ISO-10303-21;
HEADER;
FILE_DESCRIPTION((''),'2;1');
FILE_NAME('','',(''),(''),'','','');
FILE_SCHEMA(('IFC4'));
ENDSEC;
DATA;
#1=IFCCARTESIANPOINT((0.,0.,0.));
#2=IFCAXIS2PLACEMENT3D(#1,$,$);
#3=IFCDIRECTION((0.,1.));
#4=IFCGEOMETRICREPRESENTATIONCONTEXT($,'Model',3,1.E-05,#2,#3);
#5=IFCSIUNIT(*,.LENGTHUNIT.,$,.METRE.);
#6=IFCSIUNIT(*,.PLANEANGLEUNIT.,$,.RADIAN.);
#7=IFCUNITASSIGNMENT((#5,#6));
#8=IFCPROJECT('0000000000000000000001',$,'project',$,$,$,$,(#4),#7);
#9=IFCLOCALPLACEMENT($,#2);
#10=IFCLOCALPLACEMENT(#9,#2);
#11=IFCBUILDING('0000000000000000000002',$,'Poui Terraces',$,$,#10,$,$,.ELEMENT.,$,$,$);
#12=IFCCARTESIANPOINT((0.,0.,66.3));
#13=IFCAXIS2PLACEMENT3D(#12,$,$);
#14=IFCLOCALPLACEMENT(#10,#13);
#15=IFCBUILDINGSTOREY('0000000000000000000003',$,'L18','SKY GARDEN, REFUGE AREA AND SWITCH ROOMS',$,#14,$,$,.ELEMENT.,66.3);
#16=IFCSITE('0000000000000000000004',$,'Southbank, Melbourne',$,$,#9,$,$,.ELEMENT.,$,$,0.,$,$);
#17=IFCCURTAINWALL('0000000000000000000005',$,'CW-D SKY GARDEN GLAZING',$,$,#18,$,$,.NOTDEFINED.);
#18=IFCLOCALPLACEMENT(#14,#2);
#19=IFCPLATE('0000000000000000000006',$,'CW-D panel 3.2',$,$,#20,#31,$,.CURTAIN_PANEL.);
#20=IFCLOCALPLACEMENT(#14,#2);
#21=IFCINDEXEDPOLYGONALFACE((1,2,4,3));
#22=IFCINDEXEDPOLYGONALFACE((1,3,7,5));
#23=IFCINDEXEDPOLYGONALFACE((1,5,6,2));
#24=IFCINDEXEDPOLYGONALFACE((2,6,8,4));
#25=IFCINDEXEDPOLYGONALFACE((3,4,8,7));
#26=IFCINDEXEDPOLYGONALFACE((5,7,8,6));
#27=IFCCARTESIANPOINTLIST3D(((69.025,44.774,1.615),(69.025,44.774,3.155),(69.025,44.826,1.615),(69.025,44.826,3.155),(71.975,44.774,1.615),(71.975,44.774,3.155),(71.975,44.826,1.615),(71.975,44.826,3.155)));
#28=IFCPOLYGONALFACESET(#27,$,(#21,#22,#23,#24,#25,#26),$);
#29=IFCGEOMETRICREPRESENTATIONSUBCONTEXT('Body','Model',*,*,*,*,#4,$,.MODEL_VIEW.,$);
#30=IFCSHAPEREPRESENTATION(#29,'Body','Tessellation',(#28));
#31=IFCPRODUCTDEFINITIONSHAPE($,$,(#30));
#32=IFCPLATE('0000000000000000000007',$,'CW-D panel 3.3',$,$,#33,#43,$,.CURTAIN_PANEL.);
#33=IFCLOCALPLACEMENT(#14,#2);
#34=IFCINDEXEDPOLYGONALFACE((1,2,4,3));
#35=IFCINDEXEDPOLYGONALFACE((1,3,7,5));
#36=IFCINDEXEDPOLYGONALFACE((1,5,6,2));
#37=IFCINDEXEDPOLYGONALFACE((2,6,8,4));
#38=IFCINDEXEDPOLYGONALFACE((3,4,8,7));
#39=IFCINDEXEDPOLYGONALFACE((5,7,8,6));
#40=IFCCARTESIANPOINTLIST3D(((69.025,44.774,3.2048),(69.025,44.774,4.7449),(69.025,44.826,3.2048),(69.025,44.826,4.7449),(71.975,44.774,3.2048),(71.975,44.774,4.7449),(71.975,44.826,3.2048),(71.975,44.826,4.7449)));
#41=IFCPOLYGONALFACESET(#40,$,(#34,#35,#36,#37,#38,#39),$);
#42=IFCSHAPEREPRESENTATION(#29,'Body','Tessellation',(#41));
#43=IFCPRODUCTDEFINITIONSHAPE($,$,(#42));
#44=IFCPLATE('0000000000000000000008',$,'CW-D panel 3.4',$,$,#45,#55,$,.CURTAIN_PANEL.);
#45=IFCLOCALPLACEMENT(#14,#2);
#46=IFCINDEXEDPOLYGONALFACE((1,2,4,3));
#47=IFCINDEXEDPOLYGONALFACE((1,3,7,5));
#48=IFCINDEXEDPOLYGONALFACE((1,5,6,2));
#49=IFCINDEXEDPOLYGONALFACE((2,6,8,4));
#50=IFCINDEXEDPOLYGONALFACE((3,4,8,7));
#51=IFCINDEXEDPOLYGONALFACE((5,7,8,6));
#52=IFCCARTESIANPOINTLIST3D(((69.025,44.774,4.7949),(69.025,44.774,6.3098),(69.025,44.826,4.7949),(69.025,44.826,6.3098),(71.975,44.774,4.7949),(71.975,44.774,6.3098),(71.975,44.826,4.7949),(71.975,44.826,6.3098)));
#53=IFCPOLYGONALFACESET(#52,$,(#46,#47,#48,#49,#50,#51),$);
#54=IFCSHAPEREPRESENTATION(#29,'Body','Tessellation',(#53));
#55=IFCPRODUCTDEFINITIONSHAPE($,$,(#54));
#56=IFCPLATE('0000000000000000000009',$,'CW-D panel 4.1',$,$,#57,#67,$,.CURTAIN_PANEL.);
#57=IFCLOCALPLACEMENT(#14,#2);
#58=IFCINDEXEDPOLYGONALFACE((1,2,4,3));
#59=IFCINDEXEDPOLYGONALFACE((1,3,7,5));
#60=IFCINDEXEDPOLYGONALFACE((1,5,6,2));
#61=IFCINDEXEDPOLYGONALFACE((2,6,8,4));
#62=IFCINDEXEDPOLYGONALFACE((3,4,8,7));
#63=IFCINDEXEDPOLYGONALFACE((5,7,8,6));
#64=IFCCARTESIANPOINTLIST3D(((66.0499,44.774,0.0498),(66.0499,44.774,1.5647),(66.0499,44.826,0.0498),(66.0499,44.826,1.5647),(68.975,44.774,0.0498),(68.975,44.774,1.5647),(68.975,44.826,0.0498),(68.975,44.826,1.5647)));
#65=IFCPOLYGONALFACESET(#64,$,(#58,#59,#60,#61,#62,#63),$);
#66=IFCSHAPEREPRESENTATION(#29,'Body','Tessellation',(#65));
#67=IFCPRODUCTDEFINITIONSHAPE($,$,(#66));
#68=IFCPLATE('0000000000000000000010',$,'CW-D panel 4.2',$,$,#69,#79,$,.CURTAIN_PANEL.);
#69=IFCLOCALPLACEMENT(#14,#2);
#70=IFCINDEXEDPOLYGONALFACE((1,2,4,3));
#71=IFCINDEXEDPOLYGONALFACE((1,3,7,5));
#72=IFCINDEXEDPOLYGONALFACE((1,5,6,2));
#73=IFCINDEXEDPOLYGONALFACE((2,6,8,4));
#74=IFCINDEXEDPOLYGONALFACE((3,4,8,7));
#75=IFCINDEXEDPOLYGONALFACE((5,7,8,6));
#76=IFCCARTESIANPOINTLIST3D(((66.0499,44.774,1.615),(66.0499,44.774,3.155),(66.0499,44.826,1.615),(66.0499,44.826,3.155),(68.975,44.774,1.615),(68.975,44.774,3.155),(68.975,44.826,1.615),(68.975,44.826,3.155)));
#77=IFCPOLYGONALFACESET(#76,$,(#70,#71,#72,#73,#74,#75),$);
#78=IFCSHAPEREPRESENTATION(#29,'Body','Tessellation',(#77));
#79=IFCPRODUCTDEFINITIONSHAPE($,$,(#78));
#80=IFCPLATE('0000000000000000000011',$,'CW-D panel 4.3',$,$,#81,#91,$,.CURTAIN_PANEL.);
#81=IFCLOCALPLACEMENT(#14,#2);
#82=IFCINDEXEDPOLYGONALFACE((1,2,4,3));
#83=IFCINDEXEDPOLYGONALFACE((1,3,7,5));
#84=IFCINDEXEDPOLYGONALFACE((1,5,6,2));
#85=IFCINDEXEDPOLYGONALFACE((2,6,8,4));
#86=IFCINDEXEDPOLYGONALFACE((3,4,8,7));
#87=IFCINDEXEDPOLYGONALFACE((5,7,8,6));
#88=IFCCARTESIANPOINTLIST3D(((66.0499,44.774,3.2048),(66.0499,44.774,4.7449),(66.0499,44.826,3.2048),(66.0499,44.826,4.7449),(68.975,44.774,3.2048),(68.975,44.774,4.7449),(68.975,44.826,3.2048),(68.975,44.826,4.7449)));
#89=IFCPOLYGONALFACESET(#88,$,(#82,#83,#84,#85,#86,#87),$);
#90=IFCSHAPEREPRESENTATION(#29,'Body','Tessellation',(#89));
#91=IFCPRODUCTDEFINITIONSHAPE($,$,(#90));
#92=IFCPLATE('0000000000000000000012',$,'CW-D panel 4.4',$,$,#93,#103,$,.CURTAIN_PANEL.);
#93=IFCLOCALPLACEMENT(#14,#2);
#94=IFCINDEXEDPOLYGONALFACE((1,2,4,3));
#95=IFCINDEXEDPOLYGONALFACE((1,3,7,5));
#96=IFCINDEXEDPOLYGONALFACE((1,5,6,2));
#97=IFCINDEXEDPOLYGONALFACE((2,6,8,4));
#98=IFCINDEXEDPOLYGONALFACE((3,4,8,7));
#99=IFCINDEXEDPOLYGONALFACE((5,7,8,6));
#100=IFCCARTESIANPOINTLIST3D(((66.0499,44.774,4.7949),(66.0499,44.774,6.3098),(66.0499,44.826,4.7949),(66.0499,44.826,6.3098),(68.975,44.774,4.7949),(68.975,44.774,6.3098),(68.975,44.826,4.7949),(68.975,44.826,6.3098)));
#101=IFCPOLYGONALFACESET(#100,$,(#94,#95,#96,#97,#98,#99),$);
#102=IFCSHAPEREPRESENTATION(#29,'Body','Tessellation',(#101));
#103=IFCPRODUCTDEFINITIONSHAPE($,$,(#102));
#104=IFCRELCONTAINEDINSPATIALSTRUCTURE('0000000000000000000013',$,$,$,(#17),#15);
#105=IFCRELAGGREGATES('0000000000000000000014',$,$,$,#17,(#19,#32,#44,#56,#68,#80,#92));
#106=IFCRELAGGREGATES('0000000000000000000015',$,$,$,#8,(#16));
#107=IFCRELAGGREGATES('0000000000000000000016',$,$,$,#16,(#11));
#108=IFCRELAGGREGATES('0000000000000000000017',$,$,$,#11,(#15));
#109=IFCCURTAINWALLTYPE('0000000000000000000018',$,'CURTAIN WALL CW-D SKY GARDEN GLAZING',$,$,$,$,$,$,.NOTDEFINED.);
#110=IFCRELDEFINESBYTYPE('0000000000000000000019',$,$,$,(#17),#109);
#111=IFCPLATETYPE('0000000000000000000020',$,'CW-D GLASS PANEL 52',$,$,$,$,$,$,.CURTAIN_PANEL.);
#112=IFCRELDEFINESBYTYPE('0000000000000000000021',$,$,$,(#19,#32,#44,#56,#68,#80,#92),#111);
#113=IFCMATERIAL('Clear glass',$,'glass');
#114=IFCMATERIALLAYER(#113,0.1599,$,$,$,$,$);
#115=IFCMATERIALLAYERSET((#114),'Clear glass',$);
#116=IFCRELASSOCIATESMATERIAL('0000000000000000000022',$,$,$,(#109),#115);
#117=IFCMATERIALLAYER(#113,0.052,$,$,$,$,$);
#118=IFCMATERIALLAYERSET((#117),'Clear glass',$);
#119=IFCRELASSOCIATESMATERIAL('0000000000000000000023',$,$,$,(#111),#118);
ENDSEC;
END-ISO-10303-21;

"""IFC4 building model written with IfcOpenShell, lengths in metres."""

from ifc_helpers import new_model, si_unit, direction, frame, origin, origin_2d, place, context, subcontext, project, spatial, rectangle, extrude, material, layer, layer_set, type_object, element, aggregate, save


model = new_model("IFC4")

# Units and contexts
model_context = context("Model", 3, precision=1e-05, world=origin(), true_north=direction((0.0, 1.0)))
body_context = subcontext(model_context, "Body", "Model", "MODEL_VIEW")
ifc_project = project(units=[si_unit("LENGTHUNIT", "METRE"), si_unit("PLANEANGLEUNIT", "RADIAN")], contexts=[model_context])

# Site, building, storey
site_placement = place(None, origin())
site = spatial("IfcSite", under=ifc_project, at=site_placement, Name="Southbank, Melbourne", CompositionType="ELEMENT", RefElevation=0.0)
building_placement = place(site_placement, origin())
building = spatial("IfcBuilding", under=site, at=building_placement, Name="Poui Terraces", CompositionType="ELEMENT")
storey_placement = place(building_placement, frame((0.0, 0.0, 66.3)))
storey = spatial("IfcBuildingStorey", under=building, at=storey_placement, Name="L18", Description="SKY GARDEN, REFUGE AREA AND SWITCH ROOMS", CompositionType="ELEMENT", Elevation=66.3)

# Curtain wall
ifc_material_1 = material(Name="Clear glass", Category="glass")
ifc_layer_1 = layer(ifc_material_1, 0.1599)
ifc_layer_set_1 = layer_set([ifc_layer_1], Name="Clear glass")
curtain_wall_type = type_object("IfcCurtainWallType", Name="CURTAIN WALL CW-D SKY GARDEN GLAZING", PredefinedType="NOTDEFINED", material=ifc_layer_set_1)
curtain_wall_1_placement = place(storey_placement, origin())
curtain_wall_1 = element("IfcCurtainWall", 1, at=curtain_wall_1_placement, inside=storey, type_object=curtain_wall_type, Name="CW-D SKY GARDEN GLAZING", PredefinedType="NOTDEFINED")

# Plates
ifc_layer_2 = layer(ifc_material_1, 0.052)
ifc_layer_set_2 = layer_set([ifc_layer_2], Name="Clear glass")
plate_type = type_object("IfcPlateType", Name="CW-D GLASS PANEL 52", PredefinedType="CURTAIN_PANEL", material=ifc_layer_set_2)
plate_1_placement = place(storey_placement, frame((70.5, 44.8, 1.615), z_axis=(0.0, 0.0, 1.0), x_axis=(-1.0, 0.0, 0.0)))
plate_1 = element("IfcPlate", 2, at=plate_1_placement, type_object=plate_type, Name="CW-D panel 3.2", PredefinedType="CURTAIN_PANEL", context=body_context, shape_type="SweptSolid", body=[
    extrude(rectangle(XDim=2.95, YDim=0.052, at=origin_2d()), origin(), (0.0, 0.0, 1.0), 1.54),
])
plate_2_placement = place(storey_placement, frame((70.5, 44.8, 3.2048), z_axis=(0.0, 0.0, 1.0), x_axis=(-1.0, 0.0, 0.0)))
plate_2 = element("IfcPlate", 3, at=plate_2_placement, type_object=plate_type, Name="CW-D panel 3.3", PredefinedType="CURTAIN_PANEL", context=body_context, shape_type="SweptSolid", body=[
    extrude(rectangle(XDim=2.95, YDim=0.052, at=origin_2d()), origin(), (0.0, 0.0, 1.0), 1.54),
])
plate_3_placement = place(storey_placement, frame((70.5, 44.8, 4.7949), z_axis=(0.0, 0.0, 1.0), x_axis=(-1.0, 0.0, 0.0)))
plate_3 = element("IfcPlate", 4, at=plate_3_placement, type_object=plate_type, Name="CW-D panel 3.4", PredefinedType="CURTAIN_PANEL", context=body_context, shape_type="SweptSolid", body=[
    extrude(rectangle(XDim=2.95, YDim=0.052, at=origin_2d()), origin(), (0.0, 0.0, 1.0), 1.5149),
])
plate_4_placement = place(storey_placement, frame((67.5125, 44.8, 0.0498), z_axis=(0.0, 0.0, 1.0), x_axis=(-1.0, 0.0, 0.0)))
plate_4 = element("IfcPlate", 5, at=plate_4_placement, type_object=plate_type, Name="CW-D panel 4.1", PredefinedType="CURTAIN_PANEL", context=body_context, shape_type="SweptSolid", body=[
    extrude(rectangle(XDim=2.925, YDim=0.052, at=origin_2d()), origin(), (0.0, 0.0, 1.0), 1.5149),
])
plate_5_placement = place(storey_placement, frame((67.5125, 44.8, 1.615), z_axis=(0.0, 0.0, 1.0), x_axis=(-1.0, 0.0, 0.0)))
plate_5 = element("IfcPlate", 6, at=plate_5_placement, type_object=plate_type, Name="CW-D panel 4.2", PredefinedType="CURTAIN_PANEL", context=body_context, shape_type="SweptSolid", body=[
    extrude(rectangle(XDim=2.925, YDim=0.052, at=origin_2d()), origin(), (0.0, 0.0, 1.0), 1.54),
])
plate_6_placement = place(storey_placement, frame((67.5125, 44.8, 3.2048), z_axis=(0.0, 0.0, 1.0), x_axis=(-1.0, 0.0, 0.0)))
plate_6 = element("IfcPlate", 7, at=plate_6_placement, type_object=plate_type, Name="CW-D panel 4.3", PredefinedType="CURTAIN_PANEL", context=body_context, shape_type="SweptSolid", body=[
    extrude(rectangle(XDim=2.925, YDim=0.052, at=origin_2d()), origin(), (0.0, 0.0, 1.0), 1.54),
])
plate_7_placement = place(storey_placement, frame((67.5125, 44.8, 4.7949), z_axis=(0.0, 0.0, 1.0), x_axis=(-1.0, 0.0, 0.0)))
plate_7 = element("IfcPlate", 8, at=plate_7_placement, type_object=plate_type, Name="CW-D panel 4.4", PredefinedType="CURTAIN_PANEL", context=body_context, shape_type="SweptSolid", body=[
    extrude(rectangle(XDim=2.925, YDim=0.052, at=origin_2d()), origin(), (0.0, 0.0, 1.0), 1.5149),
])
aggregate(curtain_wall_1, [plate_1, plate_2, plate_3, plate_4, plate_5, plate_6, plate_7])

save(model, "model.ifc")
